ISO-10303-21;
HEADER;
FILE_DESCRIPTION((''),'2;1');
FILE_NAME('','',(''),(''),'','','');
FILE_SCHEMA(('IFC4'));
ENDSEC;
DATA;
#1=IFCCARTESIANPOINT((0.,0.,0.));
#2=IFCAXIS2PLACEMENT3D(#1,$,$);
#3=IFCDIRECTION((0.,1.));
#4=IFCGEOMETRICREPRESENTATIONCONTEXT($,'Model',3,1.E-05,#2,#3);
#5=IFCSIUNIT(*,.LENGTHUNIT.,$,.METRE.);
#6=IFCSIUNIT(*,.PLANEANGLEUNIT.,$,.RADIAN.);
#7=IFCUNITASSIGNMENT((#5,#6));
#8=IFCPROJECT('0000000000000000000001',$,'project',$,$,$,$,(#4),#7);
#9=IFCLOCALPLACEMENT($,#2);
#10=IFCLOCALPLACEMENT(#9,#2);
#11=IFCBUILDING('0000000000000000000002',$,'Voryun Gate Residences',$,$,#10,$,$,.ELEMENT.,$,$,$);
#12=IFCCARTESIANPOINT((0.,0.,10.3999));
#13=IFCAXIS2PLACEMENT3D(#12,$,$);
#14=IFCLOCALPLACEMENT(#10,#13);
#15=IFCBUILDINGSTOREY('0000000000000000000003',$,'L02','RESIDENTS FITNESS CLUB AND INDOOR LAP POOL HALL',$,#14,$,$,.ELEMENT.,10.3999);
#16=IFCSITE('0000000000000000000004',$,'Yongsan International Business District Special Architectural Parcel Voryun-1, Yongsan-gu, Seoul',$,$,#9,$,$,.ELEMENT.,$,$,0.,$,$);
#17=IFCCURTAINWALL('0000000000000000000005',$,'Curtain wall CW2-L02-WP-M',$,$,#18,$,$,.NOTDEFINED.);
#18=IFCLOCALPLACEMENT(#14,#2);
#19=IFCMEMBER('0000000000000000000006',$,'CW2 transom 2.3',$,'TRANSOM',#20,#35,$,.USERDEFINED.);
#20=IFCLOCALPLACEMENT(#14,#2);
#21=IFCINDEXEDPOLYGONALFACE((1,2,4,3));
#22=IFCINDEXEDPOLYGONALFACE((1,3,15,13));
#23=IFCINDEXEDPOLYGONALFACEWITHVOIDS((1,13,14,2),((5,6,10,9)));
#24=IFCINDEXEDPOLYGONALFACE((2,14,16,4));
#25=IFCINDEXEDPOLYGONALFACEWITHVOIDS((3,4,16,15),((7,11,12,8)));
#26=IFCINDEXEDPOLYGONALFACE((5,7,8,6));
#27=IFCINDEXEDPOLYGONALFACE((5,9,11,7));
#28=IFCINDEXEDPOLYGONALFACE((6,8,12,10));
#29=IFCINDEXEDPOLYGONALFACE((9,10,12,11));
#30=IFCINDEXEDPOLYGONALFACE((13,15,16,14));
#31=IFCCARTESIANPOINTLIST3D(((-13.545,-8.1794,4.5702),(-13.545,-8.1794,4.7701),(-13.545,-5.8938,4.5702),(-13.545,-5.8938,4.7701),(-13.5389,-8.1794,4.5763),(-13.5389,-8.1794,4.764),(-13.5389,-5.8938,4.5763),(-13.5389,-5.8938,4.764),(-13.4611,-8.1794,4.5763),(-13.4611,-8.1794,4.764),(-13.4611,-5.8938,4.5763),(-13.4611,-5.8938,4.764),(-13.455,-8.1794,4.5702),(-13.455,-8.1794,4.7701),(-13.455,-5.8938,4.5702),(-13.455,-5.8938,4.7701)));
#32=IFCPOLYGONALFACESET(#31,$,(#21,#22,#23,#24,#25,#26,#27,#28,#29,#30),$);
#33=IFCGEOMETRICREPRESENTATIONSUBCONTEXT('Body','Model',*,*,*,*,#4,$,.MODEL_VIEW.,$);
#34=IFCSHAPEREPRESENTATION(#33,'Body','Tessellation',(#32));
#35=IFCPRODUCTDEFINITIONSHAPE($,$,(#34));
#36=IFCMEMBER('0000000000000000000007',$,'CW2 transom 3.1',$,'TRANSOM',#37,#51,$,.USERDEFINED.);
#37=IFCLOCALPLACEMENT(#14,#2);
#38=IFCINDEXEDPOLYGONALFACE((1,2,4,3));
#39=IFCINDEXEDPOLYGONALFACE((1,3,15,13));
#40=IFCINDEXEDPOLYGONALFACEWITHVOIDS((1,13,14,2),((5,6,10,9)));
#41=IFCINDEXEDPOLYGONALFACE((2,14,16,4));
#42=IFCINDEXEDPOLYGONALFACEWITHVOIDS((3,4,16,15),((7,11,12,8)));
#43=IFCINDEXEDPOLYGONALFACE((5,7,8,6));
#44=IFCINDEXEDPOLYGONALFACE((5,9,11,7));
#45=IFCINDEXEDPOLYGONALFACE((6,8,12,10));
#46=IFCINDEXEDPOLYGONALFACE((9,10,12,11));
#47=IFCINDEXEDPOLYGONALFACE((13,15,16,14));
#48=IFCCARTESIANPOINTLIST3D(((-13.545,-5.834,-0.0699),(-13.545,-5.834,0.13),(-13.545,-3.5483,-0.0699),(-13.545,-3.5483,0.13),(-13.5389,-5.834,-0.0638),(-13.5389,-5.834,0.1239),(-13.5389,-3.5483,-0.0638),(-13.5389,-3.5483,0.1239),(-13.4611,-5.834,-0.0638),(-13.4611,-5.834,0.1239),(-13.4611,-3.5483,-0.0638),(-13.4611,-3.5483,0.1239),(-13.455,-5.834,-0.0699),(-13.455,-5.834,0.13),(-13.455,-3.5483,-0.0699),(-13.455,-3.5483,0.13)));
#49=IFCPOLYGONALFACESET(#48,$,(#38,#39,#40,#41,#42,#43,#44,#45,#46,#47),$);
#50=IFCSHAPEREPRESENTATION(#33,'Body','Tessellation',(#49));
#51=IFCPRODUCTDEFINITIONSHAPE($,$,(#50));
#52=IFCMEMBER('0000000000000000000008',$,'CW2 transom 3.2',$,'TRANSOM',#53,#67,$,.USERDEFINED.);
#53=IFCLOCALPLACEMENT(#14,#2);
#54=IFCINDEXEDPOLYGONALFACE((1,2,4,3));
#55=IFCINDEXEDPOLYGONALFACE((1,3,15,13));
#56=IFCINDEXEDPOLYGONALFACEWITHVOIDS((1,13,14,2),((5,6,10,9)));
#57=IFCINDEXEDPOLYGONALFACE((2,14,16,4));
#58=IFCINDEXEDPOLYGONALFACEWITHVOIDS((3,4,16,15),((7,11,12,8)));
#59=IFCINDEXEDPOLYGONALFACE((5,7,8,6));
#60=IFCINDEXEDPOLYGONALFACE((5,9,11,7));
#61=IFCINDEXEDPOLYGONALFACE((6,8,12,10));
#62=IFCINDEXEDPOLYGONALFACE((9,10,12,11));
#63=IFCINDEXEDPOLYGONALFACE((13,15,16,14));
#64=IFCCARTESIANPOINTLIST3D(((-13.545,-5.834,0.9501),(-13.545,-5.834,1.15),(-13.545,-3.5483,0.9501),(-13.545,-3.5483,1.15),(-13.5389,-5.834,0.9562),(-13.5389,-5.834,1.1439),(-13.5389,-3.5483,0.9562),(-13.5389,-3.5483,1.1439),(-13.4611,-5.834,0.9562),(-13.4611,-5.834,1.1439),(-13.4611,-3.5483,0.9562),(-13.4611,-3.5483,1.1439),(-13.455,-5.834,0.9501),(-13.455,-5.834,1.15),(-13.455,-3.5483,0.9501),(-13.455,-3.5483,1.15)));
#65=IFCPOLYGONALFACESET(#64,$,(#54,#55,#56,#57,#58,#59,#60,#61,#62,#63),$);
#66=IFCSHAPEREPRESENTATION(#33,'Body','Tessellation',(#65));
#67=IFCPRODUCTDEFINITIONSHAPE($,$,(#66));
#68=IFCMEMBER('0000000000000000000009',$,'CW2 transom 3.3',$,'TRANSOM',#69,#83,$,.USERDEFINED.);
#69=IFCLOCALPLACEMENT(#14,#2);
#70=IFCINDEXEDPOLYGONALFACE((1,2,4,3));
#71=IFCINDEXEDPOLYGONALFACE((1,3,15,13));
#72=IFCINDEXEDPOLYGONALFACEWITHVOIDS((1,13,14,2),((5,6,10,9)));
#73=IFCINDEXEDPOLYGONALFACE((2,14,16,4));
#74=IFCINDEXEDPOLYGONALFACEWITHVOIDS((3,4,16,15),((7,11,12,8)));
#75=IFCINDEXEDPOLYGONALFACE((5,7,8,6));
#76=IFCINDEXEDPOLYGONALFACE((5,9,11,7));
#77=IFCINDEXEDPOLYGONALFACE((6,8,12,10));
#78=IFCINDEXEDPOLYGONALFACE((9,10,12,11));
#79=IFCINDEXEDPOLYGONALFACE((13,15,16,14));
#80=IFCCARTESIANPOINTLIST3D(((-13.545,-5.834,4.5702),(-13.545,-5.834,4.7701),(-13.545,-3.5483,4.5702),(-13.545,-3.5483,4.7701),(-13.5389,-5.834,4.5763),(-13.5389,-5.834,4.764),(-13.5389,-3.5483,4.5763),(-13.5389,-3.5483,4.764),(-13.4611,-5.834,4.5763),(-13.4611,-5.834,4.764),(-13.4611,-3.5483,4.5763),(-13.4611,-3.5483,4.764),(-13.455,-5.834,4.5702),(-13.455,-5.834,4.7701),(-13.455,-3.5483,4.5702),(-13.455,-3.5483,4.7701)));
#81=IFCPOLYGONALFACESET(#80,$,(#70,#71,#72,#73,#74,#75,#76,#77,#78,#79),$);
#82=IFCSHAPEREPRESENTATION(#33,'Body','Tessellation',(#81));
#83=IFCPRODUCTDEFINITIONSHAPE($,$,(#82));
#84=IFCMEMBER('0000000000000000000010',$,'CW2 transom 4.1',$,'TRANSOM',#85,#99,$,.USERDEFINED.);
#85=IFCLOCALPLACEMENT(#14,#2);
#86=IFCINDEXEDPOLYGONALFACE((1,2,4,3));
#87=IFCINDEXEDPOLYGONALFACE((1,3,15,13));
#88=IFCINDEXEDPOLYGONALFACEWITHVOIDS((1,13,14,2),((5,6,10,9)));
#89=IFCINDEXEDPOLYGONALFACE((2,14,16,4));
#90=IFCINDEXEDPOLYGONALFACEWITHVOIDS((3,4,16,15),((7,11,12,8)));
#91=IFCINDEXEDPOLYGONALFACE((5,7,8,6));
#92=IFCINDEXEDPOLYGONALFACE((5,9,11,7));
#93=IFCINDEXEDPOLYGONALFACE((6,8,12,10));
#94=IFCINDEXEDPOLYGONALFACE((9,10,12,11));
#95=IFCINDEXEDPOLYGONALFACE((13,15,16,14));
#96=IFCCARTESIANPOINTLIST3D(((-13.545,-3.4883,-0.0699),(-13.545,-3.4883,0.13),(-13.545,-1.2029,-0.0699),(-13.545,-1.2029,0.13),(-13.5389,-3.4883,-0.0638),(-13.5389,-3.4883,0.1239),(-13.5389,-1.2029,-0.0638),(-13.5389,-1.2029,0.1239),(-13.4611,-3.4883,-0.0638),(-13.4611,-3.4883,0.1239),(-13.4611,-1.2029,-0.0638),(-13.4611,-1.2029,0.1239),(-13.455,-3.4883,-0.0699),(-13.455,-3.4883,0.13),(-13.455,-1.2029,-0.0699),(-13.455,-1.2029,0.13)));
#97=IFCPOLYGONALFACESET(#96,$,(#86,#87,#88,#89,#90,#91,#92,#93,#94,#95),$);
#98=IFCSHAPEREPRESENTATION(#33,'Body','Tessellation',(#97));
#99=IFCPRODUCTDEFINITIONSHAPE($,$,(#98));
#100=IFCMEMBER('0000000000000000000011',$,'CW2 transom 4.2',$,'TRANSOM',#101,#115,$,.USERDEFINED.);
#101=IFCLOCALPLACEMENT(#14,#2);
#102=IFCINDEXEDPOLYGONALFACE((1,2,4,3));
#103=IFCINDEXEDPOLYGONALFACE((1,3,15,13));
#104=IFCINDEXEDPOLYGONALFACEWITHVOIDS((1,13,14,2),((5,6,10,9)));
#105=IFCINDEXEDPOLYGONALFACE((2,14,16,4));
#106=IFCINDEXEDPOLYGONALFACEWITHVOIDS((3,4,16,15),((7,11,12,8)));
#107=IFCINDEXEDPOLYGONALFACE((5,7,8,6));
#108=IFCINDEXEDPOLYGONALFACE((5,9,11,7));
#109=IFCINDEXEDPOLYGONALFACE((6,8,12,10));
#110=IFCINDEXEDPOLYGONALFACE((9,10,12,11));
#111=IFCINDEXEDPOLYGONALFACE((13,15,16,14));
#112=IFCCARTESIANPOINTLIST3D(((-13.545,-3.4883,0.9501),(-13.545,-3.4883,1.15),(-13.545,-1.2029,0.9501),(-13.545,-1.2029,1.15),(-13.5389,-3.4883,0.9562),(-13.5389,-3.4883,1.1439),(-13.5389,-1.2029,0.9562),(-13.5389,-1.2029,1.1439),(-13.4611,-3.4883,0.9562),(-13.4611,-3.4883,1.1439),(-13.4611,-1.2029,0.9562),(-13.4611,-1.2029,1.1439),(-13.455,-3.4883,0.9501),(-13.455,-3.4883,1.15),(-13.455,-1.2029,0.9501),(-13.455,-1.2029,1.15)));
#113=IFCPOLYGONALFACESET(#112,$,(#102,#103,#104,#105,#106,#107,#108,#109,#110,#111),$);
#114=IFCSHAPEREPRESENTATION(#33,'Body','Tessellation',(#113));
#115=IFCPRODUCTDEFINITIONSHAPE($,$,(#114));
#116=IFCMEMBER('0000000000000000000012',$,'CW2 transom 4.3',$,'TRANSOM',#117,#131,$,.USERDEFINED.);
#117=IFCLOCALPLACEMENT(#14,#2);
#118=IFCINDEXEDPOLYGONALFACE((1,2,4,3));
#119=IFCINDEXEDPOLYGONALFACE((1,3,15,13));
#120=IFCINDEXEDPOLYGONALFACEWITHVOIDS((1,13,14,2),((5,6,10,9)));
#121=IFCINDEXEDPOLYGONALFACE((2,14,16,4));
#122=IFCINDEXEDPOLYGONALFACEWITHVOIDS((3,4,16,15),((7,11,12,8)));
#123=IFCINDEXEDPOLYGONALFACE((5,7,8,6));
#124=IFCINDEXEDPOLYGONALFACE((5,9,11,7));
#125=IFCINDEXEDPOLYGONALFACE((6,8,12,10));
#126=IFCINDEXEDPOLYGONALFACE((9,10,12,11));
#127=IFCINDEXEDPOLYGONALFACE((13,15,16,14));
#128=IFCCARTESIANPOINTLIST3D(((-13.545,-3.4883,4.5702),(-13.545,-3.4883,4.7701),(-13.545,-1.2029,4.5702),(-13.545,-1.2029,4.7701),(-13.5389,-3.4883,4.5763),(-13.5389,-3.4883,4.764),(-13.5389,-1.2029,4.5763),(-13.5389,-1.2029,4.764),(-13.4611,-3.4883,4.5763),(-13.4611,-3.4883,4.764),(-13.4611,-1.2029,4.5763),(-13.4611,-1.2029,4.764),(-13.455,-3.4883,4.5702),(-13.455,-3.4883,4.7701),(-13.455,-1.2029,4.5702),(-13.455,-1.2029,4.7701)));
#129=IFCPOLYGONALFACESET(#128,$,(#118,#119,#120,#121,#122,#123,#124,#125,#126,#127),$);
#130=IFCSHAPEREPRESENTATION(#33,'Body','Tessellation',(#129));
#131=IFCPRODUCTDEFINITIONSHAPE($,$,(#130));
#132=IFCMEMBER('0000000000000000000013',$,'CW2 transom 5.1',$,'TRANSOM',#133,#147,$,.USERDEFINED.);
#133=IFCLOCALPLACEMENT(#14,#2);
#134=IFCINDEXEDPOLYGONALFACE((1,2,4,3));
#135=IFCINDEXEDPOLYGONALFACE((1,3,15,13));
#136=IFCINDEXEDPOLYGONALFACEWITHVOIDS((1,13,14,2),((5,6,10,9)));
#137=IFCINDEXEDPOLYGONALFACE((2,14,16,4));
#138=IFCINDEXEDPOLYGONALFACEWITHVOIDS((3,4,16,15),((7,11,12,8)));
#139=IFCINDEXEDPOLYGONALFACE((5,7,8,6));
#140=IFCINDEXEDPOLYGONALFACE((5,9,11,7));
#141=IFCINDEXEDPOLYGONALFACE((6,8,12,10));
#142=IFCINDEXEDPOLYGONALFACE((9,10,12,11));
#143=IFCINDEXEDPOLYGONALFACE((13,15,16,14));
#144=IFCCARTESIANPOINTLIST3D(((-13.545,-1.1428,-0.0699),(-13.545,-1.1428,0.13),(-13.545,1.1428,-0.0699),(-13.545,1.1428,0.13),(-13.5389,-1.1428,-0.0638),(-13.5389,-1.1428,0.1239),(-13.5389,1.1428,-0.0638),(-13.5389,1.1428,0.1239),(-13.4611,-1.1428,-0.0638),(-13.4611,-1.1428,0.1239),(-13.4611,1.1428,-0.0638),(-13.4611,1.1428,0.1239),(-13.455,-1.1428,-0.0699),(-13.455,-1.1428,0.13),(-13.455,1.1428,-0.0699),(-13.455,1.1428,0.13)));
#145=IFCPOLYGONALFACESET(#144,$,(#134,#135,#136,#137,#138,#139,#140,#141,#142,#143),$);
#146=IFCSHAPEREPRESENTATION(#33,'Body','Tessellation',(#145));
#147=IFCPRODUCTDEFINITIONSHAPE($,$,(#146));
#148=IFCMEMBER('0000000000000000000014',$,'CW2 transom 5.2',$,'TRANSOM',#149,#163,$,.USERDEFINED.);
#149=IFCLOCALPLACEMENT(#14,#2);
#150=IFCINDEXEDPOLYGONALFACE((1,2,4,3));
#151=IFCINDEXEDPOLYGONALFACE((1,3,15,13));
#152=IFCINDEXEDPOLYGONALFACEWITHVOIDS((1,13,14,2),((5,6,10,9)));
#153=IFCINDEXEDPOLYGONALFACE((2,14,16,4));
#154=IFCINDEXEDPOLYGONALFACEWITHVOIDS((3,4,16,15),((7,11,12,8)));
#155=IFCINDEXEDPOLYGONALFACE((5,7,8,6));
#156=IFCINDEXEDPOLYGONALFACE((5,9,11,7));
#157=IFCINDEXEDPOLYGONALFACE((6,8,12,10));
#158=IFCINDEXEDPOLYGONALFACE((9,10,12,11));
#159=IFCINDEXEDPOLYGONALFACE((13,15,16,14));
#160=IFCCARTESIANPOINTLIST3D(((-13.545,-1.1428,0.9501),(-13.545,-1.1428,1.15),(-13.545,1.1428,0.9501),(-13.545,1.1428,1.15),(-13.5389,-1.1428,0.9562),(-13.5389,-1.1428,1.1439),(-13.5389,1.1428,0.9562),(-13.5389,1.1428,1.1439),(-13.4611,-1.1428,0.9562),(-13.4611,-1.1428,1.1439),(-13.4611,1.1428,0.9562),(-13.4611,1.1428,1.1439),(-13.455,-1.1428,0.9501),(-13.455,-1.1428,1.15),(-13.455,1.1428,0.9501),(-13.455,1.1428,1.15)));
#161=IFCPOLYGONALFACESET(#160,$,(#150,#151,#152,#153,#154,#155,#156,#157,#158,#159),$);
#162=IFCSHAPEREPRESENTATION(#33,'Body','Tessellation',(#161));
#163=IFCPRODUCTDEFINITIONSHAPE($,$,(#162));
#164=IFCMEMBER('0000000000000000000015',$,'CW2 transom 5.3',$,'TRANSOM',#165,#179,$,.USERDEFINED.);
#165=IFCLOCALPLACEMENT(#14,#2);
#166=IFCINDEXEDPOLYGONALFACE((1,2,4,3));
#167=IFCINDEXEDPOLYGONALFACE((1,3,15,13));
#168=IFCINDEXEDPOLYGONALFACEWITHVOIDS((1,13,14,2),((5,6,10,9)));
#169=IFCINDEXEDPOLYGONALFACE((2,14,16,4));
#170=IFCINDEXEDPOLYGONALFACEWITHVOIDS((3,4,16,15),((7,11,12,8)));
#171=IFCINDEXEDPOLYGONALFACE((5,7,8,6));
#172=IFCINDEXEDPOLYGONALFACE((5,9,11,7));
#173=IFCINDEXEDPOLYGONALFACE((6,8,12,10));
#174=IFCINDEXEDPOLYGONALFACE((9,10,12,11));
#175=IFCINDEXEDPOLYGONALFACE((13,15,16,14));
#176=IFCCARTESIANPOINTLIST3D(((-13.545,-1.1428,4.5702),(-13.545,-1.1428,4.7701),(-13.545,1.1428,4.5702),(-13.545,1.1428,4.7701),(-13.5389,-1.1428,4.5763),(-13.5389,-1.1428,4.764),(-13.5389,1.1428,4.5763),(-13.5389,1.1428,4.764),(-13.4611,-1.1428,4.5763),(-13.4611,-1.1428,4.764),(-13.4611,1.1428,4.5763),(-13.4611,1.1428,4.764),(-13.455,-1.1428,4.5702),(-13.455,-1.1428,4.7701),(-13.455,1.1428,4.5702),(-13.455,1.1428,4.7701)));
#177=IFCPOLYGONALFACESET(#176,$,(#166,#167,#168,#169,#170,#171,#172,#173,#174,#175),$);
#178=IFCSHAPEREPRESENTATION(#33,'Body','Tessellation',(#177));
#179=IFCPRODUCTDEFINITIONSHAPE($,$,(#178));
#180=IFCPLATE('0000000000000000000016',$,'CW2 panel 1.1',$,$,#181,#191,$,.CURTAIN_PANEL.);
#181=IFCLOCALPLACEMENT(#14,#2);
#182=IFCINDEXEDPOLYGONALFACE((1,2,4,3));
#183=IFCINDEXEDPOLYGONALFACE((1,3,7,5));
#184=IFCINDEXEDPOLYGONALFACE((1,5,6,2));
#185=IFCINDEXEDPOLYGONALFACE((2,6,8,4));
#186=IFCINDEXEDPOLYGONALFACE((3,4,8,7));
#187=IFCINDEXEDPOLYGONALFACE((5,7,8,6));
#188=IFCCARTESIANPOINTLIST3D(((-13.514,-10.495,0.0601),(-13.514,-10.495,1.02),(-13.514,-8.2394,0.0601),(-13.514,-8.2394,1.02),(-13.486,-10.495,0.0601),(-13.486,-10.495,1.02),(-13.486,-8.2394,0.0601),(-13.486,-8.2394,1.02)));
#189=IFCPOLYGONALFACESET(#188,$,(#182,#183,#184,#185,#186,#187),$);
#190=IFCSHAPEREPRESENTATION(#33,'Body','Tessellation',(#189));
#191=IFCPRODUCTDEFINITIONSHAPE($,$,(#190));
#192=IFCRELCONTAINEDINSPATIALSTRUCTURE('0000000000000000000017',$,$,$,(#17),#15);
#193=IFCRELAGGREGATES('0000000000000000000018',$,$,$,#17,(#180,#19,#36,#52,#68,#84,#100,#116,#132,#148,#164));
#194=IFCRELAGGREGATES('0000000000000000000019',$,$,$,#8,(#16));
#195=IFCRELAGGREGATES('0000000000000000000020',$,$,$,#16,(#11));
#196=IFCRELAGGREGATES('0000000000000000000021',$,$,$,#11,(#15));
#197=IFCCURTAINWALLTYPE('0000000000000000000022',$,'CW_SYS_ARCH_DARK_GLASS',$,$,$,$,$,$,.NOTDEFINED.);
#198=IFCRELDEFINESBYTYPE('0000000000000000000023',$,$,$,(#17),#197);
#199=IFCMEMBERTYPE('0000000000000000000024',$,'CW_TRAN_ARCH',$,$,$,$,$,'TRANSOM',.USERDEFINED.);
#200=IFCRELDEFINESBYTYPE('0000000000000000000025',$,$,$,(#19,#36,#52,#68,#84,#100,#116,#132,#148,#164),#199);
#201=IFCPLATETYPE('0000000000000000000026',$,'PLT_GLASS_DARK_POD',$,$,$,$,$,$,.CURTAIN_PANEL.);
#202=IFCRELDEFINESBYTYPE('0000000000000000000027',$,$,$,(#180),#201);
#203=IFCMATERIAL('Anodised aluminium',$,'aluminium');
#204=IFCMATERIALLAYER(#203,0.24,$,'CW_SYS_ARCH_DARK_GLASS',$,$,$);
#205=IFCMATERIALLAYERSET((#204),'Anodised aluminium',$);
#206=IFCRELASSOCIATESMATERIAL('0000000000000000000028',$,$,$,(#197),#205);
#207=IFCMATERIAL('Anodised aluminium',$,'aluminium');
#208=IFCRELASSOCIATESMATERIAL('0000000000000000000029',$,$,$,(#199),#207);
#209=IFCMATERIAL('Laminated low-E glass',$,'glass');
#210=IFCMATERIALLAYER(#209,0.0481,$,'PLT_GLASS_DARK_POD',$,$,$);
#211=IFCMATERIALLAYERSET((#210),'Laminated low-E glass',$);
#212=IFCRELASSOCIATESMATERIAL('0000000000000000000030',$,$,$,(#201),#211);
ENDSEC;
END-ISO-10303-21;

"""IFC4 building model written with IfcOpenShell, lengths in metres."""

from ifc_helpers import new_model, si_unit, direction, frame, origin, origin_2d, place, context, subcontext, project, spatial, rectangle, hollow_rectangle, extrude, material, layer, layer_set, material_profile, profile_set, type_object, element, aggregate, save


model = new_model("IFC4")

# Units and contexts
model_context = context("Model", 3, precision=1e-05, world=origin(), true_north=direction((0.0, 1.0)))
body_context = subcontext(model_context, "Body", "Model", "MODEL_VIEW")
ifc_project = project(units=[si_unit("LENGTHUNIT", "METRE"), si_unit("PLANEANGLEUNIT", "RADIAN")], contexts=[model_context])

# Site, building, storey
site_placement = place(None, origin())
site = spatial("IfcSite", under=ifc_project, at=site_placement, Name="Yongsan International Business District Special Architectural Parcel Voryun-1, Yongsan-gu, Seoul", CompositionType="ELEMENT", RefElevation=0.0)
building_placement = place(site_placement, origin())
building = spatial("IfcBuilding", under=site, at=building_placement, Name="Voryun Gate Residences", CompositionType="ELEMENT")
storey_placement = place(building_placement, frame((0.0, 0.0, 10.3999)))
storey = spatial("IfcBuildingStorey", under=building, at=storey_placement, Name="L02", Description="RESIDENTS FITNESS CLUB AND INDOOR LAP POOL HALL", CompositionType="ELEMENT", Elevation=10.3999)

# Curtain wall, members, plate
ifc_material_1 = material(Name="Anodised aluminium", Category="aluminium")
ifc_layer_1 = layer(ifc_material_1, 0.24, Name="CW_SYS_ARCH_DARK_GLASS")
ifc_layer_set_1 = layer_set([ifc_layer_1], Name="Anodised aluminium")
curtain_wall_type = type_object("IfcCurtainWallType", Name="CW_SYS_ARCH_DARK_GLASS", PredefinedType="NOTDEFINED", material=ifc_layer_set_1)
curtain_wall_placement = place(storey_placement, origin())
curtain_wall = element("IfcCurtainWall", 1, at=curtain_wall_placement, inside=storey, type_object=curtain_wall_type, Name="Curtain wall CW2-L02-WP-M", PredefinedType="NOTDEFINED")
ifc_material_2 = material(Name="Anodised aluminium", Category="aluminium")
ifc_material_profile_1 = material_profile(ifc_material_2, hollow_rectangle(XDim=0.0901, YDim=0.2, WallThickness=0.0061, at=origin_2d()), Name="ALU-TRAN-200x90x6")
ifc_profile_set_1 = profile_set([ifc_material_profile_1], Name="Anodised aluminium")
member_type_1 = type_object("IfcMemberType", Name="CW_TRAN_ARCH", ElementType="TRANSOM", PredefinedType="USERDEFINED", material=ifc_profile_set_1)
member_1_placement = place(storey_placement, frame((-13.5, -8.1794, 4.6702), z_axis=(0.0, 1.0, 0.0), x_axis=(-1.0, 0.0, 0.0)))
member_1 = element("IfcMember", 2, at=member_1_placement, type_object=member_type_1, Name="CW2 transom 2.3", ObjectType="TRANSOM", PredefinedType="USERDEFINED", context=body_context, shape_type="SweptSolid", body=[
    extrude(hollow_rectangle(XDim=0.0901, YDim=0.2, WallThickness=0.0061, at=origin_2d()), origin(), (0.0, 0.0, 1.0), 2.2856),
])
member_2_placement = place(storey_placement, frame((-13.5, -5.834, 0.03), z_axis=(0.0, 1.0, 0.0), x_axis=(-1.0, 0.0, 0.0)))
member_2 = element("IfcMember", 3, at=member_2_placement, type_object=member_type_1, Name="CW2 transom 3.1", ObjectType="TRANSOM", PredefinedType="USERDEFINED", context=body_context, shape_type="SweptSolid", body=[
    extrude(hollow_rectangle(XDim=0.0901, YDim=0.2, WallThickness=0.0061, at=origin_2d()), origin(), (0.0, 0.0, 1.0), 2.2856),
])
member_3_placement = place(storey_placement, frame((-13.5, -5.834, 1.05), z_axis=(0.0, 1.0, 0.0), x_axis=(-1.0, 0.0, 0.0)))
member_3 = element("IfcMember", 4, at=member_3_placement, type_object=member_type_1, Name="CW2 transom 3.2", ObjectType="TRANSOM", PredefinedType="USERDEFINED", context=body_context, shape_type="SweptSolid", body=[
    extrude(hollow_rectangle(XDim=0.0901, YDim=0.2, WallThickness=0.0061, at=origin_2d()), origin(), (0.0, 0.0, 1.0), 2.2856),
])
member_4_placement = place(storey_placement, frame((-13.5, -5.834, 4.6702), z_axis=(0.0, 1.0, 0.0), x_axis=(-1.0, 0.0, 0.0)))
member_4 = element("IfcMember", 5, at=member_4_placement, type_object=member_type_1, Name="CW2 transom 3.3", ObjectType="TRANSOM", PredefinedType="USERDEFINED", context=body_context, shape_type="SweptSolid", body=[
    extrude(hollow_rectangle(XDim=0.0901, YDim=0.2, WallThickness=0.0061, at=origin_2d()), origin(), (0.0, 0.0, 1.0), 2.2856),
])
member_5_placement = place(storey_placement, frame((-13.5, -3.4883, 0.03), z_axis=(0.0, 1.0, 0.0), x_axis=(-1.0, 0.0, 0.0)))
member_5 = element("IfcMember", 6, at=member_5_placement, type_object=member_type_1, Name="CW2 transom 4.1", ObjectType="TRANSOM", PredefinedType="USERDEFINED", context=body_context, shape_type="SweptSolid", body=[
    extrude(hollow_rectangle(XDim=0.0901, YDim=0.2, WallThickness=0.0061, at=origin_2d()), origin(), (0.0, 0.0, 1.0), 2.2854),
])
member_6_placement = place(storey_placement, frame((-13.5, -3.4883, 1.05), z_axis=(0.0, 1.0, 0.0), x_axis=(-1.0, 0.0, 0.0)))
member_6 = element("IfcMember", 7, at=member_6_placement, type_object=member_type_1, Name="CW2 transom 4.2", ObjectType="TRANSOM", PredefinedType="USERDEFINED", context=body_context, shape_type="SweptSolid", body=[
    extrude(hollow_rectangle(XDim=0.0901, YDim=0.2, WallThickness=0.0061, at=origin_2d()), origin(), (0.0, 0.0, 1.0), 2.2854),
])
member_7_placement = place(storey_placement, frame((-13.5, -3.4883, 4.6702), z_axis=(0.0, 1.0, 0.0), x_axis=(-1.0, 0.0, 0.0)))
member_7 = element("IfcMember", 8, at=member_7_placement, type_object=member_type_1, Name="CW2 transom 4.3", ObjectType="TRANSOM", PredefinedType="USERDEFINED", context=body_context, shape_type="SweptSolid", body=[
    extrude(hollow_rectangle(XDim=0.0901, YDim=0.2, WallThickness=0.0061, at=origin_2d()), origin(), (0.0, 0.0, 1.0), 2.2854),
])
member_8_placement = place(storey_placement, frame((-13.5, -1.1428, 0.03), z_axis=(0.0, 1.0, 0.0), x_axis=(-1.0, 0.0, 0.0)))
member_8 = element("IfcMember", 9, at=member_8_placement, type_object=member_type_1, Name="CW2 transom 5.1", ObjectType="TRANSOM", PredefinedType="USERDEFINED", context=body_context, shape_type="SweptSolid", body=[
    extrude(hollow_rectangle(XDim=0.0901, YDim=0.2, WallThickness=0.0061, at=origin_2d()), origin(), (0.0, 0.0, 1.0), 2.2856),
])
member_9_placement = place(storey_placement, frame((-13.5, -1.1428, 1.05), z_axis=(0.0, 1.0, 0.0), x_axis=(-1.0, 0.0, 0.0)))
member_9 = element("IfcMember", 10, at=member_9_placement, type_object=member_type_1, Name="CW2 transom 5.2", ObjectType="TRANSOM", PredefinedType="USERDEFINED", context=body_context, shape_type="SweptSolid", body=[
    extrude(hollow_rectangle(XDim=0.0901, YDim=0.2, WallThickness=0.0061, at=origin_2d()), origin(), (0.0, 0.0, 1.0), 2.2856),
])
member_10_placement = place(storey_placement, frame((-13.5, -1.1428, 4.6702), z_axis=(0.0, 1.0, 0.0), x_axis=(-1.0, 0.0, 0.0)))
member_10 = element("IfcMember", 11, at=member_10_placement, type_object=member_type_1, Name="CW2 transom 5.3", ObjectType="TRANSOM", PredefinedType="USERDEFINED", context=body_context, shape_type="SweptSolid", body=[
    extrude(hollow_rectangle(XDim=0.0901, YDim=0.2, WallThickness=0.0061, at=origin_2d()), origin(), (0.0, 0.0, 1.0), 2.2856),
])
ifc_material_3 = material(Name="Laminated low-E glass", Category="glass")
ifc_layer_2 = layer(ifc_material_3, 0.0481, Name="PLT_GLASS_DARK_POD")
ifc_layer_set_2 = layer_set([ifc_layer_2], Name="Laminated low-E glass")
plate_type = type_object("IfcPlateType", Name="PLT_GLASS_DARK_POD", PredefinedType="CURTAIN_PANEL", material=ifc_layer_set_2)
plate_1_placement = place(storey_placement, frame((-13.5, -9.3672, 0.0601), z_axis=(0.0, 0.0, 1.0), x_axis=(0.0, 1.0, 0.0)))
plate_1 = element("IfcPlate", 12, at=plate_1_placement, type_object=plate_type, Name="CW2 panel 1.1", PredefinedType="CURTAIN_PANEL", context=body_context, shape_type="SweptSolid", body=[
    extrude(rectangle(XDim=2.2556, YDim=0.0281, at=origin_2d()), origin(), (0.0, 0.0, 1.0), 0.96),
])
aggregate(curtain_wall, [plate_1, member_1, member_2, member_3, member_4, member_5, member_6, member_7, member_8, member_9, member_10])

save(model, "model.ifc")
